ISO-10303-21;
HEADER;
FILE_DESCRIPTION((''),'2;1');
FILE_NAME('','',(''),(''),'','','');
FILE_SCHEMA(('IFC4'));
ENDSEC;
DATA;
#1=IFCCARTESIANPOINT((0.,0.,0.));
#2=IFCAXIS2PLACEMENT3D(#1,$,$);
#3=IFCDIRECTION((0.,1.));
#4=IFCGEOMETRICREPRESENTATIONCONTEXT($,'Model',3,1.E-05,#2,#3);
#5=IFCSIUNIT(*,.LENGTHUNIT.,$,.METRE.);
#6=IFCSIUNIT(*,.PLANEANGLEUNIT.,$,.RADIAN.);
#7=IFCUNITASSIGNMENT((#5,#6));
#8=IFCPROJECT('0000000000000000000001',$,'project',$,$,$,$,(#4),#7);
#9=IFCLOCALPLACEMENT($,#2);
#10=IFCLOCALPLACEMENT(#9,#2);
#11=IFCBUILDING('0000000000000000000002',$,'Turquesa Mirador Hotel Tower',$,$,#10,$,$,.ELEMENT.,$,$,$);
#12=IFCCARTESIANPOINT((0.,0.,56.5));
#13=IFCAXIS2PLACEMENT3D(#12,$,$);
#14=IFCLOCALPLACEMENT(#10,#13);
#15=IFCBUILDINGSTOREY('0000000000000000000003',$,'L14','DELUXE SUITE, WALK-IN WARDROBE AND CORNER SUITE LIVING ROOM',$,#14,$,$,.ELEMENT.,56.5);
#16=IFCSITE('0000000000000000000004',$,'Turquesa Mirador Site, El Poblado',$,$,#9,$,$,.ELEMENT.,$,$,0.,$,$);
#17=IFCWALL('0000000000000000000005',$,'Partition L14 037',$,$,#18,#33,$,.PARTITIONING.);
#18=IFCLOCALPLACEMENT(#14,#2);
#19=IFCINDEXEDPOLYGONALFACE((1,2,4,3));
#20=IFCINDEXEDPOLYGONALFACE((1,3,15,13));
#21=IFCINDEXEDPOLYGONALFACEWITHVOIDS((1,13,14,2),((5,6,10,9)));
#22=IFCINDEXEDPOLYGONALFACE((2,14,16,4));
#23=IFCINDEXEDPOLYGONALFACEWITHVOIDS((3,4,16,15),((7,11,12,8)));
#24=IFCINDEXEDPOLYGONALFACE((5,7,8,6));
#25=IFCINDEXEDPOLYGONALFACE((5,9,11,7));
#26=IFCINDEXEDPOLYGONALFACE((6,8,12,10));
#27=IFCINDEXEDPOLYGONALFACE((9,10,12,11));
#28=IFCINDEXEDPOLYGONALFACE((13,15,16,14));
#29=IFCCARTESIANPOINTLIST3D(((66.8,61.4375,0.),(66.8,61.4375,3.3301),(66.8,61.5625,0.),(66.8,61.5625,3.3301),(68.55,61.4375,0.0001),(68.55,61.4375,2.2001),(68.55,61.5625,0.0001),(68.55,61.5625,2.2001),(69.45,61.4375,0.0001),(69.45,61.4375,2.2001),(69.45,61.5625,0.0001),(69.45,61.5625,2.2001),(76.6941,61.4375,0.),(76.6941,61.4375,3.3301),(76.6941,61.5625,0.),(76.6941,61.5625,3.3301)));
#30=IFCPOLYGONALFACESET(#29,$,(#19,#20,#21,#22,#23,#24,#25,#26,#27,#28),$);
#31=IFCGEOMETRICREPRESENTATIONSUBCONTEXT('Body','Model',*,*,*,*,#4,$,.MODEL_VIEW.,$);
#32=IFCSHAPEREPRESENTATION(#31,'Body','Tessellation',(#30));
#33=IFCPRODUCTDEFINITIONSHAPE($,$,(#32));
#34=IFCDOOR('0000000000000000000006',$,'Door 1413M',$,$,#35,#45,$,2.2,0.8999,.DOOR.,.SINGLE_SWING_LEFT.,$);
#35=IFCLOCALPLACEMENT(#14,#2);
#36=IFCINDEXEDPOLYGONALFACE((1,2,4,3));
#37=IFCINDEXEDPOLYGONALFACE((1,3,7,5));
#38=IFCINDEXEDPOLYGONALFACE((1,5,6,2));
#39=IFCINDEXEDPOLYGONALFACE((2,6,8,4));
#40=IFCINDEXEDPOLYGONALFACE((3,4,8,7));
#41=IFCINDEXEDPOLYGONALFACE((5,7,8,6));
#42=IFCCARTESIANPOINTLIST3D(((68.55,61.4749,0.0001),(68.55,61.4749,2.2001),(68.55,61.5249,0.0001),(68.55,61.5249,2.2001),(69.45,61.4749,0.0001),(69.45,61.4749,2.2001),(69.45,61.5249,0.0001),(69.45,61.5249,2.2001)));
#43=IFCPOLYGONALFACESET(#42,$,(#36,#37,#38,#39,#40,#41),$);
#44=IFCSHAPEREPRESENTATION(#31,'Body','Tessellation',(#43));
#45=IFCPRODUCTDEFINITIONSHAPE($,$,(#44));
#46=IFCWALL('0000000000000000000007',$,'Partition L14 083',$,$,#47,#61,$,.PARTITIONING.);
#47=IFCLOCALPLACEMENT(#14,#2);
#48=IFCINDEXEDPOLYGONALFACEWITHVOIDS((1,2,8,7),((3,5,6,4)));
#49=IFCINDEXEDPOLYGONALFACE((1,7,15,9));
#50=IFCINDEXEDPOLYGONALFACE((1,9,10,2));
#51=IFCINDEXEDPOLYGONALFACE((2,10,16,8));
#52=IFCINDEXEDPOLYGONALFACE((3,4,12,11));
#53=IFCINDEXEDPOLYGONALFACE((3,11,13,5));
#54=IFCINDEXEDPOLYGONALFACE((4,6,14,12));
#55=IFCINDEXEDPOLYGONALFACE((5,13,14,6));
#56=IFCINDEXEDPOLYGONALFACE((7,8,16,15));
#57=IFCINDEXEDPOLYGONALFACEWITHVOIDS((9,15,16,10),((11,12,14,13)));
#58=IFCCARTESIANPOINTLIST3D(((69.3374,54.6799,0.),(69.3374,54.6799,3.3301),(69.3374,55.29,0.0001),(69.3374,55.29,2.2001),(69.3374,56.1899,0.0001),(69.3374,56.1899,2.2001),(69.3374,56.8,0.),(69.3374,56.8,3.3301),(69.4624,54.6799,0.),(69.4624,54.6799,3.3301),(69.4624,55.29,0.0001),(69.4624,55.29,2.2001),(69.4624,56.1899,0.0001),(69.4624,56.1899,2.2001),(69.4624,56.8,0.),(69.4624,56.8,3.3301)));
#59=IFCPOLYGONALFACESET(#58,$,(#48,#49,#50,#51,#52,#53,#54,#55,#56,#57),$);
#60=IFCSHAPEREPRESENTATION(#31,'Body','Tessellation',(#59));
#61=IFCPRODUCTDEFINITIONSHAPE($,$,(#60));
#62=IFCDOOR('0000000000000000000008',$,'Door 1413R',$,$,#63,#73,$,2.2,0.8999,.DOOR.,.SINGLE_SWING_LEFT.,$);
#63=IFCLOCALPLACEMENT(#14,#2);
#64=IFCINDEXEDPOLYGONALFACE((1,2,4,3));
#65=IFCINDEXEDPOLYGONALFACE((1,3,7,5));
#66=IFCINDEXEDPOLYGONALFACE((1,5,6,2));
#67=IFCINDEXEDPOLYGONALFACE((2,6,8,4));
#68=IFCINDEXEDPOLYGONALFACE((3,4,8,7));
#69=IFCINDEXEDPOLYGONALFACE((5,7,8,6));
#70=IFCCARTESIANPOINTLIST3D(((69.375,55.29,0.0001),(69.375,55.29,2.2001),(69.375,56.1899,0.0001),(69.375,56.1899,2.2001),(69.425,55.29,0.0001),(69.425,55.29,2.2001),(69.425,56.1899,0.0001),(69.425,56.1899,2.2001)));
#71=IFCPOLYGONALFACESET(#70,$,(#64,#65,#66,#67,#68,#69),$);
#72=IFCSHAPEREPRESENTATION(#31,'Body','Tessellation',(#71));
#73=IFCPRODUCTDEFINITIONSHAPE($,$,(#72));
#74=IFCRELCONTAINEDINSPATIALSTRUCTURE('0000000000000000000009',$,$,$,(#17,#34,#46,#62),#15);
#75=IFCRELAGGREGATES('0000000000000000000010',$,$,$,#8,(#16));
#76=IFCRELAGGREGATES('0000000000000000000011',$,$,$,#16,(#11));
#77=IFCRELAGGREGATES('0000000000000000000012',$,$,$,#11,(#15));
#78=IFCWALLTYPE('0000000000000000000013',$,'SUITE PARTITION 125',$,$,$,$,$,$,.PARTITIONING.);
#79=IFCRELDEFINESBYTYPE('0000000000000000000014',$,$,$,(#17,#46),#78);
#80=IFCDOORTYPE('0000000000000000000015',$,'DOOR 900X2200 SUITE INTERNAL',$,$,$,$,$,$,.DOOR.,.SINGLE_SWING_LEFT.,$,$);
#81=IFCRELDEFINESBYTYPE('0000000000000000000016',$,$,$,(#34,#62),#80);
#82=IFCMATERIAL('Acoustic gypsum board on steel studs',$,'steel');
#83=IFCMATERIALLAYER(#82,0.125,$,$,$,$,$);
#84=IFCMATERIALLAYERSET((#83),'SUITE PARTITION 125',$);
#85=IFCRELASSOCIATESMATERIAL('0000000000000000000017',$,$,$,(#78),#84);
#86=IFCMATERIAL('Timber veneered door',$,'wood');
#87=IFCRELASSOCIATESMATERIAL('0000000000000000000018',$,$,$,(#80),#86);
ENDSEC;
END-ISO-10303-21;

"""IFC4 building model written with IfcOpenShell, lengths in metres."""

from ifc_helpers import new_model, si_unit, direction, frame, frame_2d, origin, place, context, subcontext, project, spatial, rectangle, extrude, material, layer, layer_set, type_object, element, fill, save


model = new_model("IFC4")

# Units and contexts
model_context = context("Model", 3, precision=1e-05, world=origin(), true_north=direction((0.0, 1.0)))
body_context = subcontext(model_context, "Body", "Model", "MODEL_VIEW")
ifc_project = project(units=[si_unit("LENGTHUNIT", "METRE"), si_unit("PLANEANGLEUNIT", "RADIAN")], contexts=[model_context])

# Site, building, storey
site_placement = place(None, origin())
site = spatial("IfcSite", under=ifc_project, at=site_placement, Name="Turquesa Mirador Site, El Poblado", CompositionType="ELEMENT", RefElevation=0.0)
building_placement = place(site_placement, origin())
building = spatial("IfcBuilding", under=site, at=building_placement, Name="Turquesa Mirador Hotel Tower", CompositionType="ELEMENT")
storey_placement = place(building_placement, frame((0.0, 0.0, 56.5)))
storey = spatial("IfcBuildingStorey", under=building, at=storey_placement, Name="L14", Description="DELUXE SUITE, WALK-IN WARDROBE AND CORNER SUITE LIVING ROOM", CompositionType="ELEMENT", Elevation=56.5)

# Walls, openings, doors
ifc_material_1 = material(Name="Acoustic gypsum board on steel studs", Category="steel")
ifc_layer_1 = layer(ifc_material_1, 0.125)
ifc_layer_set_1 = layer_set([ifc_layer_1], Name="SUITE PARTITION 125")
wall_type_1 = type_object("IfcWallType", Name="SUITE PARTITION 125", PredefinedType="PARTITIONING", material=ifc_layer_set_1)
ifc_material_2 = material(Name="Timber veneered door", Category="wood")
door_type = type_object("IfcDoorType", Name="DOOR 900X2200 SUITE INTERNAL", OperationType="SINGLE_SWING_LEFT", PredefinedType="DOOR", material=ifc_material_2)
wall_1_placement = place(storey_placement, frame((66.8, 61.5, 0.0), z_axis=(0.0, 0.0, 1.0), x_axis=(1.0, 0.0, 0.0)))
wall_1 = element("IfcWall", 1, at=wall_1_placement, inside=storey, type_object=wall_type_1, Name="Partition L14 037", PredefinedType="PARTITIONING", context=body_context, shape_type="SweptSolid", body=[
    extrude(rectangle(XDim=9.894, YDim=0.125, at=frame_2d((4.947, 0.0))), origin(), (0.0, 0.0, 1.0), 3.3301),
])
opening_1_placement = place(wall_1_placement, frame((1.75, 0.0, 0.0)))
opening_1 = element("IfcOpeningElement", 2, at=opening_1_placement, cuts=wall_1, PredefinedType="OPENING", context=body_context, shape_type="SweptSolid", body=[
    extrude(rectangle(XDim=0.8999, YDim=2.2, at=frame_2d((0.45, 1.1001))), frame((0.0, 0.0725, 0.0), z_axis=(0.0, -1.0, 0.0), x_axis=(1.0, 0.0, 0.0)), (0.0, 0.0, 1.0), 0.145),
])
door_1_placement = place(opening_1_placement, origin())
door_1 = element("IfcDoor", 3, at=door_1_placement, inside=storey, type_object=door_type, Name="Door 1413M", OperationType="SINGLE_SWING_LEFT", OverallHeight=2.2, OverallWidth=0.8999, PredefinedType="DOOR", context=body_context, shape_type="SweptSolid", body=[
    extrude(rectangle(XDim=0.8999, YDim=2.2, at=frame_2d((0.45, 1.1001))), frame((0.0, 0.0249, 0.0), z_axis=(0.0, -1.0, 0.0), x_axis=(1.0, 0.0, 0.0)), (0.0, 0.0, 1.0), 0.05),
])
fill(opening_1, door_1)
wall_2_placement = place(storey_placement, frame((69.3999, 54.6799, 0.0), z_axis=(0.0, 0.0, 1.0), x_axis=(0.0, 1.0, 0.0)))
wall_2 = element("IfcWall", 4, at=wall_2_placement, inside=storey, type_object=wall_type_1, Name="Partition L14 083", PredefinedType="PARTITIONING", context=body_context, shape_type="SweptSolid", body=[
    extrude(rectangle(XDim=2.1201, YDim=0.125, at=frame_2d((1.0601, 0.0))), origin(), (0.0, 0.0, 1.0), 3.3301),
])
opening_2_placement = place(wall_2_placement, frame((0.6101, 0.0, 0.0)))
opening_2 = element("IfcOpeningElement", 5, at=opening_2_placement, cuts=wall_2, PredefinedType="OPENING", context=body_context, shape_type="SweptSolid", body=[
    extrude(rectangle(XDim=0.8999, YDim=2.2, at=frame_2d((0.45, 1.1001))), frame((0.0, 0.0725, 0.0), z_axis=(0.0, -1.0, 0.0), x_axis=(1.0, 0.0, 0.0)), (0.0, 0.0, 1.0), 0.145),
])
door_2_placement = place(opening_2_placement, origin())
door_2 = element("IfcDoor", 6, at=door_2_placement, inside=storey, type_object=door_type, Name="Door 1413R", OperationType="SINGLE_SWING_LEFT", OverallHeight=2.2, OverallWidth=0.8999, PredefinedType="DOOR", context=body_context, shape_type="SweptSolid", body=[
    extrude(rectangle(XDim=0.8999, YDim=2.2, at=frame_2d((0.45, 1.1001))), frame((0.0, 0.0249, 0.0), z_axis=(0.0, -1.0, 0.0), x_axis=(1.0, 0.0, 0.0)), (0.0, 0.0, 1.0), 0.05),
])
fill(opening_2, door_2)

save(model, "model.ifc")
